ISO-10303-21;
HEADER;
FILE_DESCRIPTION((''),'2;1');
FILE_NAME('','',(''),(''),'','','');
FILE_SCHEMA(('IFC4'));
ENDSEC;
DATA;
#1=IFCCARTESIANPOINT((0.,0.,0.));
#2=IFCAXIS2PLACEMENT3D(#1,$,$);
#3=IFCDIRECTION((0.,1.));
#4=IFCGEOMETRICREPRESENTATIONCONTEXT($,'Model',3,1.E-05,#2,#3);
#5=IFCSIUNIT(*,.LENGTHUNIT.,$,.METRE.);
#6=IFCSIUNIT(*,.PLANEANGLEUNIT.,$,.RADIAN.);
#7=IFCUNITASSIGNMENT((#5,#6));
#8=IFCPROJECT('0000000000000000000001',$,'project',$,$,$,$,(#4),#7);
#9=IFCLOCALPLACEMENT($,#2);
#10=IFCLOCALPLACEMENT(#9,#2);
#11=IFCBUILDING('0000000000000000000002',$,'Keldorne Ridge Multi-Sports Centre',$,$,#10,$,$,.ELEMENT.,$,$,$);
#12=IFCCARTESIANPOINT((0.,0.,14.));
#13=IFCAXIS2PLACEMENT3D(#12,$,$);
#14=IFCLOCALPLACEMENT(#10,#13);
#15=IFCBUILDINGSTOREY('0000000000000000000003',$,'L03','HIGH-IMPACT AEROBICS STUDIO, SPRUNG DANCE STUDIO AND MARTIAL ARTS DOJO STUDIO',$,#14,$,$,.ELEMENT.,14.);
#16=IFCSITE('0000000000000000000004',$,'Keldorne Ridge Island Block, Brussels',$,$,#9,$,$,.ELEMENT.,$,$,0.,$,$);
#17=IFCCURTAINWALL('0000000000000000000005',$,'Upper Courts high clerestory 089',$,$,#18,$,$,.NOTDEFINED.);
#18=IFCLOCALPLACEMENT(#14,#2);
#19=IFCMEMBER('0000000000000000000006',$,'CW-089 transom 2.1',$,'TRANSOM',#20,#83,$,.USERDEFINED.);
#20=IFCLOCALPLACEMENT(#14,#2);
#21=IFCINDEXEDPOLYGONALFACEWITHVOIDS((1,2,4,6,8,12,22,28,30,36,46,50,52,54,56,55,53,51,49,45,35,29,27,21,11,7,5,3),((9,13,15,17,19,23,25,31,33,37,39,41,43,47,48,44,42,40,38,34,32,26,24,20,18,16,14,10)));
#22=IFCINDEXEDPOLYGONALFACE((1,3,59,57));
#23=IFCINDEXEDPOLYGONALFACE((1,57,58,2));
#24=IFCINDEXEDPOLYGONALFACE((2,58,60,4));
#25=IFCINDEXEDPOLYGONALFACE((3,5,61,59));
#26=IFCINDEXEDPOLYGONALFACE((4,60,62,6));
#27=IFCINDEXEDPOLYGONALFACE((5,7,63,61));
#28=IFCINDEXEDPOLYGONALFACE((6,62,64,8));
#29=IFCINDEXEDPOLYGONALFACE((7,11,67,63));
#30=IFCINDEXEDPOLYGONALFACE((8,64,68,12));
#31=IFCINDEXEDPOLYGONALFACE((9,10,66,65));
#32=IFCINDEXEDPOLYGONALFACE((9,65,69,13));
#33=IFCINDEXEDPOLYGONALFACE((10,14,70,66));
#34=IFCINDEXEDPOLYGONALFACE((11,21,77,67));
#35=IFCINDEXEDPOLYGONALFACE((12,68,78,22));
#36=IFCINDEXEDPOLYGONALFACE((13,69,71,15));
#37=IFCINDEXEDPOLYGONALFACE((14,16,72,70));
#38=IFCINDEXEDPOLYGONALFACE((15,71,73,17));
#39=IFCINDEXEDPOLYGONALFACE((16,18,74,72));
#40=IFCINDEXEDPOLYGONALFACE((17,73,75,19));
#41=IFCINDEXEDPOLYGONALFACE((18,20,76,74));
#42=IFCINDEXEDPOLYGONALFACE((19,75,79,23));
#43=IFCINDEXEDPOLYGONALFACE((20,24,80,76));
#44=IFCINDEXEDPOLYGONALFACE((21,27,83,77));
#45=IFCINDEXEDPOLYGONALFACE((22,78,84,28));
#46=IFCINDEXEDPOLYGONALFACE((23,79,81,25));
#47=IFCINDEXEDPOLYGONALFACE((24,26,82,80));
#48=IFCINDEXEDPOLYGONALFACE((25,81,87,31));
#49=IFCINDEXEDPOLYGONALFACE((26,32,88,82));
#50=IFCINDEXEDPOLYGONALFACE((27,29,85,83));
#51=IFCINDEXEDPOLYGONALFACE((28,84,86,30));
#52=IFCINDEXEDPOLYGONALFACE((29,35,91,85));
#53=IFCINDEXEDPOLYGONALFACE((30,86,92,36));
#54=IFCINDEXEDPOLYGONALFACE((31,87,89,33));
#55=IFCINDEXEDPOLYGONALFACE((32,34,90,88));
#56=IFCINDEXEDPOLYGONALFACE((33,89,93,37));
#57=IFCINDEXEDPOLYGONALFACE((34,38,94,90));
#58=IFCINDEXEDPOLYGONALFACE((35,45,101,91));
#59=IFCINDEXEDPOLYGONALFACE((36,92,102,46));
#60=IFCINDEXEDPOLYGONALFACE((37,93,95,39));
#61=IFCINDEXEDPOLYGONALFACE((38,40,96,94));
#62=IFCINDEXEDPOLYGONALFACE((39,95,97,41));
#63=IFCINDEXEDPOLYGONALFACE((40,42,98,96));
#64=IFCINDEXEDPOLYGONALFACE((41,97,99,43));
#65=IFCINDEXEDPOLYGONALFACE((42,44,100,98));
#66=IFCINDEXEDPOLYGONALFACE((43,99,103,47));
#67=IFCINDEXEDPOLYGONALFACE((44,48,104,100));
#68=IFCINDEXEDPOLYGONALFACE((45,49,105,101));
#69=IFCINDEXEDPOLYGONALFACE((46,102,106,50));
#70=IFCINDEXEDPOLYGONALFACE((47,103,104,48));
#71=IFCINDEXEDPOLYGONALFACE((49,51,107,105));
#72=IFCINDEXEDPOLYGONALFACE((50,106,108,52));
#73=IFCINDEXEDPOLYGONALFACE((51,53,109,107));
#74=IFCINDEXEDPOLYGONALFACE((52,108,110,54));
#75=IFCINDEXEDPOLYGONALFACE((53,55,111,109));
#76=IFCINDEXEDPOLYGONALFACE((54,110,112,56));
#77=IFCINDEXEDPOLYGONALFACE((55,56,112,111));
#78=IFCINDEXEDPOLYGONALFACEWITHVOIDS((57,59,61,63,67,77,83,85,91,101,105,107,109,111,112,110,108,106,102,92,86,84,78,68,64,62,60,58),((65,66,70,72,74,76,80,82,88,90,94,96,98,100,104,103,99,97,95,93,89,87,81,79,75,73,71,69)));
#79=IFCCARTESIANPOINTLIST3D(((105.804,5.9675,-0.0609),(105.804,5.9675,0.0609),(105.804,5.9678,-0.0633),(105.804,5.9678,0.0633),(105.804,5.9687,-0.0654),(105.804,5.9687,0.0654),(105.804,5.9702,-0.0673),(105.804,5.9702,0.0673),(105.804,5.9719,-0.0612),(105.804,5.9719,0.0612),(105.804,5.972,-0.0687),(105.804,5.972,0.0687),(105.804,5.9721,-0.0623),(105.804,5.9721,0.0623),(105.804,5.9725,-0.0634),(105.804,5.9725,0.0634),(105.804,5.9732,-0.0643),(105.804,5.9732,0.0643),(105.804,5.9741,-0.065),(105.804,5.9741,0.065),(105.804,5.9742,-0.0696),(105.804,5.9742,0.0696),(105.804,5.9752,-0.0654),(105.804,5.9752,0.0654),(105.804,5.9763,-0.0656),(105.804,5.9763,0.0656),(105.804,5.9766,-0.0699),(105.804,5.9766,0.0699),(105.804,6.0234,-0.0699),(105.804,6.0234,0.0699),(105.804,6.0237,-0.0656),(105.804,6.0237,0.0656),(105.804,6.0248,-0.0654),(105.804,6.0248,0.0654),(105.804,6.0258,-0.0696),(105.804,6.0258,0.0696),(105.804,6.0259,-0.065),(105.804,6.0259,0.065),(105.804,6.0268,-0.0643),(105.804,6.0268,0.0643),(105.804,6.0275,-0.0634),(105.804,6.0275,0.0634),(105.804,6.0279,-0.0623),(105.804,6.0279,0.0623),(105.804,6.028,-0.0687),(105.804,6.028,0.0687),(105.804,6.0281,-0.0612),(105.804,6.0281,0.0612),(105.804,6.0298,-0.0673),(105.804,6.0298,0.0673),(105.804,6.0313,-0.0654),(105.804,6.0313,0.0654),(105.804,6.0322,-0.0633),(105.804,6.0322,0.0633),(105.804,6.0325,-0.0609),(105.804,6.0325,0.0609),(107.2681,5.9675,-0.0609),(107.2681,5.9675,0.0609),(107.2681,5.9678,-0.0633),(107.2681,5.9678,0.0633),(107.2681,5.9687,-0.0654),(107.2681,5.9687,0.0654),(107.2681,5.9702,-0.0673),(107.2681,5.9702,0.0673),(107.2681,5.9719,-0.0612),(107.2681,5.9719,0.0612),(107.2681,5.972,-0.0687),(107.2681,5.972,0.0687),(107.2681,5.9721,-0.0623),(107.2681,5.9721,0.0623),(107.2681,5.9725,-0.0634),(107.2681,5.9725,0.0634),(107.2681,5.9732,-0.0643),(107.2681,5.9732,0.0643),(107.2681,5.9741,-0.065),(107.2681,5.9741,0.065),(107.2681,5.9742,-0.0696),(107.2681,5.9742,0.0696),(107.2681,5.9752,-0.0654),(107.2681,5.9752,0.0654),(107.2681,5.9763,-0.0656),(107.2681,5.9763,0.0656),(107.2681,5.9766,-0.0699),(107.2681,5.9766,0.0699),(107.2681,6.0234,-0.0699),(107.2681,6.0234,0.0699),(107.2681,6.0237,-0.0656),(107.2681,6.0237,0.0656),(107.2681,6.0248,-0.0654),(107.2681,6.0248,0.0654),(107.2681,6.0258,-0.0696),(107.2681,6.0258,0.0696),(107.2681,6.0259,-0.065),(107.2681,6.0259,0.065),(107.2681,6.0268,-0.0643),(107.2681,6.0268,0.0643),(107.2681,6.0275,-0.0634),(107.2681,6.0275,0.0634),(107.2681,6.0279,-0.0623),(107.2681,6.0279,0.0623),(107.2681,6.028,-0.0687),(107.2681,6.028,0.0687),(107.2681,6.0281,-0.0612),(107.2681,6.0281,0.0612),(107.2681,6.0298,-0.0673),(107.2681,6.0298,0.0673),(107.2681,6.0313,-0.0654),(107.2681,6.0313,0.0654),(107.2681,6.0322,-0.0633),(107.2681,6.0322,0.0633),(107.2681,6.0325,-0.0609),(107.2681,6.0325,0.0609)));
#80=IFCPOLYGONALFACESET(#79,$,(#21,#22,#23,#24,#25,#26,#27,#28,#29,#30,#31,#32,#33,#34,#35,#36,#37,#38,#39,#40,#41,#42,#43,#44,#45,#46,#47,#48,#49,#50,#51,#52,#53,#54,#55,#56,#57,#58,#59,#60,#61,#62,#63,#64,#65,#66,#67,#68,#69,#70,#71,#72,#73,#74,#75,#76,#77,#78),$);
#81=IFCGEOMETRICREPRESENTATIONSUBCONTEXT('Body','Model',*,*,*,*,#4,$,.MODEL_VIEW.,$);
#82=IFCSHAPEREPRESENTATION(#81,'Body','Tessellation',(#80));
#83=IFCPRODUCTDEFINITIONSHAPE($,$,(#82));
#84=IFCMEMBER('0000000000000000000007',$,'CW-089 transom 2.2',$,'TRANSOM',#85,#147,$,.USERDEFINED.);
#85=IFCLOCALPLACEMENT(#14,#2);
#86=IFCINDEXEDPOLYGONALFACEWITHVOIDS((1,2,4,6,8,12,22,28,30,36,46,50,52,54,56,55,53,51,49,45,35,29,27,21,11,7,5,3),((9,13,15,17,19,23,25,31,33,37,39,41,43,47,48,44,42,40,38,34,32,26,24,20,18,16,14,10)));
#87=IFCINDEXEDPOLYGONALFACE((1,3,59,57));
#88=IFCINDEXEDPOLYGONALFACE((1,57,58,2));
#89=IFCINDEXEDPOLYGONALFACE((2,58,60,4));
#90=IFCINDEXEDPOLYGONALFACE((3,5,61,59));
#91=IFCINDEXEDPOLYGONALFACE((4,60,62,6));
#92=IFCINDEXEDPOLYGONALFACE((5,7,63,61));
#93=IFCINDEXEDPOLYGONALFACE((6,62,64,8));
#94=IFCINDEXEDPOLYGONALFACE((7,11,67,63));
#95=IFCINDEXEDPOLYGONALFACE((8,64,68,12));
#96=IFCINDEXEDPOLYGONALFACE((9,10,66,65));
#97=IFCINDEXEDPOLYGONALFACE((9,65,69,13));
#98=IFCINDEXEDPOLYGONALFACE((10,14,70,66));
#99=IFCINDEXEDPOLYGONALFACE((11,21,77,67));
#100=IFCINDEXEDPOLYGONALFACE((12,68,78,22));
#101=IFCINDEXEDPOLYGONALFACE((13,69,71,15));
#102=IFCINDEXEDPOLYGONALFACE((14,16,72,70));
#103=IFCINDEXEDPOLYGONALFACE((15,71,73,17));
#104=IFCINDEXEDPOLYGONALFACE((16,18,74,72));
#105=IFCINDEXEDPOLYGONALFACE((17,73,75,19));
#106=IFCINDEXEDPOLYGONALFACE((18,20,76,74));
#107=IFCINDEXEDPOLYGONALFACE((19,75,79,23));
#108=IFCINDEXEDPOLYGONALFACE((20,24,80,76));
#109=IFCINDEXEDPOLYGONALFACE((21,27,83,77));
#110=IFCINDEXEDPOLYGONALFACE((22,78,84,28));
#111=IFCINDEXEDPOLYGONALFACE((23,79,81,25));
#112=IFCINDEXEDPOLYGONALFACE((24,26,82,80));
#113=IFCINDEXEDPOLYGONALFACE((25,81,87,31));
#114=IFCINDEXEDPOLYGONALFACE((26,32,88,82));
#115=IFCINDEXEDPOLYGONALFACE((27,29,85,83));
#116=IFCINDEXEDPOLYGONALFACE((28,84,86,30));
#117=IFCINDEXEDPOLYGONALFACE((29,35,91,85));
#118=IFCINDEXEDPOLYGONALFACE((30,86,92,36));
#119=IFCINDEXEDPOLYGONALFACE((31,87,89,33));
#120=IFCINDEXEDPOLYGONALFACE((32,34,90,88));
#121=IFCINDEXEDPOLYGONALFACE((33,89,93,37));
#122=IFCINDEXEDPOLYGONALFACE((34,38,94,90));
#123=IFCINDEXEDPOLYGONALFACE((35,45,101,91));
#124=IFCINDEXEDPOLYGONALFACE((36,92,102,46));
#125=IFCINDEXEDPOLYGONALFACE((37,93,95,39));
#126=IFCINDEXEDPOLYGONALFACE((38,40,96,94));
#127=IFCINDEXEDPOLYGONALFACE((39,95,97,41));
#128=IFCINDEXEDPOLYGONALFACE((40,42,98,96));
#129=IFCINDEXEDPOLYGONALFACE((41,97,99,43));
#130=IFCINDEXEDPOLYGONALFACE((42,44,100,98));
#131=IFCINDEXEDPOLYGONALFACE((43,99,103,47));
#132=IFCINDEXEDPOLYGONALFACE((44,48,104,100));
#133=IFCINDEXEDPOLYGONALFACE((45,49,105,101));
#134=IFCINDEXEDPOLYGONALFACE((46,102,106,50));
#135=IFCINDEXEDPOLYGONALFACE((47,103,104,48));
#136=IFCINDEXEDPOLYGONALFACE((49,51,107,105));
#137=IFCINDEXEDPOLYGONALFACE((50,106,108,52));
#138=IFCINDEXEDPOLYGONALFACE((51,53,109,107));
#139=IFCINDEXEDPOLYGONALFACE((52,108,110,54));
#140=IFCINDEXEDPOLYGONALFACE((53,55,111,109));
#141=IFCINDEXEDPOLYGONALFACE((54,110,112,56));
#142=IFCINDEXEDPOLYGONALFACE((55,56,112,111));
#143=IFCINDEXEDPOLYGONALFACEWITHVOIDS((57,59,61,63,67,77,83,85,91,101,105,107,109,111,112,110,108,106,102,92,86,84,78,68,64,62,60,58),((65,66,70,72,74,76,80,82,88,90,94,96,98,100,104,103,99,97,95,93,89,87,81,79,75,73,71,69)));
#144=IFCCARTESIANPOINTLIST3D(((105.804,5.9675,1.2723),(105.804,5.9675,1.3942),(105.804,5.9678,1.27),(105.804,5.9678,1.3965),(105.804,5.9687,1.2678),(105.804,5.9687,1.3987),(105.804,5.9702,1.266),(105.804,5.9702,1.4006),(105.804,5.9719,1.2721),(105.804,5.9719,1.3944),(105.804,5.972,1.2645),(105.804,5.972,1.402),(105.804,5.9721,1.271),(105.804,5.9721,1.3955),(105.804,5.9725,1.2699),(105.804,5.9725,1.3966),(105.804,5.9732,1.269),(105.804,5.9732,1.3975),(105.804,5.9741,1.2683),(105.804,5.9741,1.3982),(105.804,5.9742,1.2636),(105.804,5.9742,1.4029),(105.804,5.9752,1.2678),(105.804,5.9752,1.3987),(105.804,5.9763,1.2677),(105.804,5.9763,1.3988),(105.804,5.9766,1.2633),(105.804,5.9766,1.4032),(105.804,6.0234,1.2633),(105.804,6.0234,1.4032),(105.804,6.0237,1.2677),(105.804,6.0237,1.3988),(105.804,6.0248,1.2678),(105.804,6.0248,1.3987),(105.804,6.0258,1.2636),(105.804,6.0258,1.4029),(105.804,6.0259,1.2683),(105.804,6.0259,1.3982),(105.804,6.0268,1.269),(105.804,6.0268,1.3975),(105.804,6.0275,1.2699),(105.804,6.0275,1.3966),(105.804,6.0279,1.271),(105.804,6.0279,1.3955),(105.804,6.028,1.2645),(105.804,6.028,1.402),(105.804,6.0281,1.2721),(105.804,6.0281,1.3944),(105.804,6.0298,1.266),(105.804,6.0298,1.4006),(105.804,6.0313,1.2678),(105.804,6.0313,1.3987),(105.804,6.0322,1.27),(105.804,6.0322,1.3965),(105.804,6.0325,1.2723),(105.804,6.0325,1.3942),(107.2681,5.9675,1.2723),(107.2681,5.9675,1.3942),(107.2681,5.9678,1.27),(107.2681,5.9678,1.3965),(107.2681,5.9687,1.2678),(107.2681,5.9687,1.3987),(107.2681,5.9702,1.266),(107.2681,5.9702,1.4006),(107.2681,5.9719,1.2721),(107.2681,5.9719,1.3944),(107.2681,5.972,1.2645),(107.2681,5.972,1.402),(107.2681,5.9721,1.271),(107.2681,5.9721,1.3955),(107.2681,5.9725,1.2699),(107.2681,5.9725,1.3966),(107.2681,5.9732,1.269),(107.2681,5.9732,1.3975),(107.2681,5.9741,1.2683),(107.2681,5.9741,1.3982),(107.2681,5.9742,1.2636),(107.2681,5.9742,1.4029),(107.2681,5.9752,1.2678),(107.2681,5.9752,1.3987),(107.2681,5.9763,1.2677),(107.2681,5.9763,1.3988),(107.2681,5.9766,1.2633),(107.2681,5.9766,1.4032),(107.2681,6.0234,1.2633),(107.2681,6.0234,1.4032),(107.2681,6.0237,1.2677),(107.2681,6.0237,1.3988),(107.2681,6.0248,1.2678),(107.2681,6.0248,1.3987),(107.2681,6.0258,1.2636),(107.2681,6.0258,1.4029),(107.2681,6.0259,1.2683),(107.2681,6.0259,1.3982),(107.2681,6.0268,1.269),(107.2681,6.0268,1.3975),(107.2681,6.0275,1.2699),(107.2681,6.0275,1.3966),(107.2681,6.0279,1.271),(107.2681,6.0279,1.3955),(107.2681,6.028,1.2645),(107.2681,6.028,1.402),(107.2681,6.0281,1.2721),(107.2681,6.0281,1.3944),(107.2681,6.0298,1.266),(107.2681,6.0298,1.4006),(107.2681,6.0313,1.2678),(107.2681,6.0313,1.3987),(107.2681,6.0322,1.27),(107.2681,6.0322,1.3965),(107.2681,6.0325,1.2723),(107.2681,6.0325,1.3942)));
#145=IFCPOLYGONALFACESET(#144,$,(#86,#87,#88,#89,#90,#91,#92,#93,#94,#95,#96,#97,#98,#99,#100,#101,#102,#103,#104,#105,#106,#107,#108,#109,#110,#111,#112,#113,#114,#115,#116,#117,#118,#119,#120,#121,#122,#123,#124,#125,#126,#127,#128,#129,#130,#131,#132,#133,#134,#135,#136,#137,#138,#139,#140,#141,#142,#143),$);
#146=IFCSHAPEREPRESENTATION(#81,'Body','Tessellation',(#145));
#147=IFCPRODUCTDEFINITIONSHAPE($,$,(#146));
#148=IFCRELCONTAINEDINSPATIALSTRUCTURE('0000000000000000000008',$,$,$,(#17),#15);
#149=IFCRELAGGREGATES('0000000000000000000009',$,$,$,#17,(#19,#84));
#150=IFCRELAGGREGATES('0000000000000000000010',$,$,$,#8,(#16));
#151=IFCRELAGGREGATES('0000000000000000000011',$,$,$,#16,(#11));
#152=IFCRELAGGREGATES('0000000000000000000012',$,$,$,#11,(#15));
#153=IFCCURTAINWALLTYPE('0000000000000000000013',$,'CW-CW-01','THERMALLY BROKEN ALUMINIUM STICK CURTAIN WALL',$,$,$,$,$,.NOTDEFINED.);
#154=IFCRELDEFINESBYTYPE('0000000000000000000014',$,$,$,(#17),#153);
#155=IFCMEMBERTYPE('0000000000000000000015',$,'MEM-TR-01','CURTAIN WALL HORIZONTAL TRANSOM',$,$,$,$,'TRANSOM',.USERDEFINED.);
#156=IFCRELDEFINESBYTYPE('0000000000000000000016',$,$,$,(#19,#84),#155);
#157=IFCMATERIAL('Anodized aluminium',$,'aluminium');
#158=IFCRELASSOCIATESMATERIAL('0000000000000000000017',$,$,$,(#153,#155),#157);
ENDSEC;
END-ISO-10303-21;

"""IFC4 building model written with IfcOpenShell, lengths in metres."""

from ifc_helpers import new_model, si_unit, direction, frame, origin, origin_2d, place, context, subcontext, project, spatial, hollow_rectangle, extrude, material, material_profile, profile_set, type_object, element, aggregate, save


model = new_model("IFC4")

# Units and contexts
model_context = context("Model", 3, precision=1e-05, world=origin(), true_north=direction((0.0, 1.0)))
body_context = subcontext(model_context, "Body", "Model", "MODEL_VIEW")
ifc_project = project(units=[si_unit("LENGTHUNIT", "METRE"), si_unit("PLANEANGLEUNIT", "RADIAN")], contexts=[model_context])

# Site, building, storey
site_placement = place(None, origin())
site = spatial("IfcSite", under=ifc_project, at=site_placement, Name="Keldorne Ridge Island Block, Brussels", CompositionType="ELEMENT", RefElevation=0.0)
building_placement = place(site_placement, origin())
building = spatial("IfcBuilding", under=site, at=building_placement, Name="Keldorne Ridge Multi-Sports Centre", CompositionType="ELEMENT")
storey_placement = place(building_placement, frame((0.0, 0.0, 14.0)))
storey = spatial("IfcBuildingStorey", under=building, at=storey_placement, Name="L03", Description="HIGH-IMPACT AEROBICS STUDIO, SPRUNG DANCE STUDIO AND MARTIAL ARTS DOJO STUDIO", CompositionType="ELEMENT", Elevation=14.0)

# Curtain wall, members
ifc_material_1 = material(Name="Anodized aluminium", Category="aluminium")
curtain_wall_type = type_object("IfcCurtainWallType", Name="CW-CW-01", Description="THERMALLY BROKEN ALUMINIUM STICK CURTAIN WALL", PredefinedType="NOTDEFINED", material=ifc_material_1)
curtain_wall_placement = place(storey_placement, origin())
curtain_wall = element("IfcCurtainWall", 1, at=curtain_wall_placement, inside=storey, type_object=curtain_wall_type, Name="Upper Courts high clerestory 089", PredefinedType="NOTDEFINED")
ifc_material_profile_1 = material_profile(ifc_material_1, hollow_rectangle(XDim=0.0649, YDim=0.1399, WallThickness=0.0044, InnerFilletRadius=0.0044, OuterFilletRadius=0.009, at=origin_2d()), Name="ALU TRANSOM 140x65x4.5")
ifc_profile_set_1 = profile_set([ifc_material_profile_1], Name="Anodized aluminium")
member_type_1 = type_object("IfcMemberType", Name="MEM-TR-01", Description="CURTAIN WALL HORIZONTAL TRANSOM", ElementType="TRANSOM", PredefinedType="USERDEFINED", material=ifc_profile_set_1)
member_1_placement = place(storey_placement, frame((105.804, 6.0, 0.0), z_axis=(1.0, 0.0, 0.0), x_axis=(0.0, 1.0, 0.0)))
member_1 = element("IfcMember", 2, at=member_1_placement, type_object=member_type_1, Name="CW-089 transom 2.1", ObjectType="TRANSOM", PredefinedType="USERDEFINED", context=body_context, shape_type="SweptSolid", body=[
    extrude(hollow_rectangle(XDim=0.0649, YDim=0.1399, WallThickness=0.0044, InnerFilletRadius=0.0044, OuterFilletRadius=0.009, at=origin_2d()), origin(), (0.0, 0.0, 1.0), 1.4641),
])
member_2_placement = place(storey_placement, frame((105.804, 6.0, 1.3333), z_axis=(1.0, 0.0, 0.0), x_axis=(0.0, 1.0, 0.0)))
member_2 = element("IfcMember", 3, at=member_2_placement, type_object=member_type_1, Name="CW-089 transom 2.2", ObjectType="TRANSOM", PredefinedType="USERDEFINED", context=body_context, shape_type="SweptSolid", body=[
    extrude(hollow_rectangle(XDim=0.0649, YDim=0.1399, WallThickness=0.0044, InnerFilletRadius=0.0044, OuterFilletRadius=0.009, at=origin_2d()), origin(), (0.0, 0.0, 1.0), 1.4641),
])
aggregate(curtain_wall, [member_1, member_2])

save(model, "model.ifc")
